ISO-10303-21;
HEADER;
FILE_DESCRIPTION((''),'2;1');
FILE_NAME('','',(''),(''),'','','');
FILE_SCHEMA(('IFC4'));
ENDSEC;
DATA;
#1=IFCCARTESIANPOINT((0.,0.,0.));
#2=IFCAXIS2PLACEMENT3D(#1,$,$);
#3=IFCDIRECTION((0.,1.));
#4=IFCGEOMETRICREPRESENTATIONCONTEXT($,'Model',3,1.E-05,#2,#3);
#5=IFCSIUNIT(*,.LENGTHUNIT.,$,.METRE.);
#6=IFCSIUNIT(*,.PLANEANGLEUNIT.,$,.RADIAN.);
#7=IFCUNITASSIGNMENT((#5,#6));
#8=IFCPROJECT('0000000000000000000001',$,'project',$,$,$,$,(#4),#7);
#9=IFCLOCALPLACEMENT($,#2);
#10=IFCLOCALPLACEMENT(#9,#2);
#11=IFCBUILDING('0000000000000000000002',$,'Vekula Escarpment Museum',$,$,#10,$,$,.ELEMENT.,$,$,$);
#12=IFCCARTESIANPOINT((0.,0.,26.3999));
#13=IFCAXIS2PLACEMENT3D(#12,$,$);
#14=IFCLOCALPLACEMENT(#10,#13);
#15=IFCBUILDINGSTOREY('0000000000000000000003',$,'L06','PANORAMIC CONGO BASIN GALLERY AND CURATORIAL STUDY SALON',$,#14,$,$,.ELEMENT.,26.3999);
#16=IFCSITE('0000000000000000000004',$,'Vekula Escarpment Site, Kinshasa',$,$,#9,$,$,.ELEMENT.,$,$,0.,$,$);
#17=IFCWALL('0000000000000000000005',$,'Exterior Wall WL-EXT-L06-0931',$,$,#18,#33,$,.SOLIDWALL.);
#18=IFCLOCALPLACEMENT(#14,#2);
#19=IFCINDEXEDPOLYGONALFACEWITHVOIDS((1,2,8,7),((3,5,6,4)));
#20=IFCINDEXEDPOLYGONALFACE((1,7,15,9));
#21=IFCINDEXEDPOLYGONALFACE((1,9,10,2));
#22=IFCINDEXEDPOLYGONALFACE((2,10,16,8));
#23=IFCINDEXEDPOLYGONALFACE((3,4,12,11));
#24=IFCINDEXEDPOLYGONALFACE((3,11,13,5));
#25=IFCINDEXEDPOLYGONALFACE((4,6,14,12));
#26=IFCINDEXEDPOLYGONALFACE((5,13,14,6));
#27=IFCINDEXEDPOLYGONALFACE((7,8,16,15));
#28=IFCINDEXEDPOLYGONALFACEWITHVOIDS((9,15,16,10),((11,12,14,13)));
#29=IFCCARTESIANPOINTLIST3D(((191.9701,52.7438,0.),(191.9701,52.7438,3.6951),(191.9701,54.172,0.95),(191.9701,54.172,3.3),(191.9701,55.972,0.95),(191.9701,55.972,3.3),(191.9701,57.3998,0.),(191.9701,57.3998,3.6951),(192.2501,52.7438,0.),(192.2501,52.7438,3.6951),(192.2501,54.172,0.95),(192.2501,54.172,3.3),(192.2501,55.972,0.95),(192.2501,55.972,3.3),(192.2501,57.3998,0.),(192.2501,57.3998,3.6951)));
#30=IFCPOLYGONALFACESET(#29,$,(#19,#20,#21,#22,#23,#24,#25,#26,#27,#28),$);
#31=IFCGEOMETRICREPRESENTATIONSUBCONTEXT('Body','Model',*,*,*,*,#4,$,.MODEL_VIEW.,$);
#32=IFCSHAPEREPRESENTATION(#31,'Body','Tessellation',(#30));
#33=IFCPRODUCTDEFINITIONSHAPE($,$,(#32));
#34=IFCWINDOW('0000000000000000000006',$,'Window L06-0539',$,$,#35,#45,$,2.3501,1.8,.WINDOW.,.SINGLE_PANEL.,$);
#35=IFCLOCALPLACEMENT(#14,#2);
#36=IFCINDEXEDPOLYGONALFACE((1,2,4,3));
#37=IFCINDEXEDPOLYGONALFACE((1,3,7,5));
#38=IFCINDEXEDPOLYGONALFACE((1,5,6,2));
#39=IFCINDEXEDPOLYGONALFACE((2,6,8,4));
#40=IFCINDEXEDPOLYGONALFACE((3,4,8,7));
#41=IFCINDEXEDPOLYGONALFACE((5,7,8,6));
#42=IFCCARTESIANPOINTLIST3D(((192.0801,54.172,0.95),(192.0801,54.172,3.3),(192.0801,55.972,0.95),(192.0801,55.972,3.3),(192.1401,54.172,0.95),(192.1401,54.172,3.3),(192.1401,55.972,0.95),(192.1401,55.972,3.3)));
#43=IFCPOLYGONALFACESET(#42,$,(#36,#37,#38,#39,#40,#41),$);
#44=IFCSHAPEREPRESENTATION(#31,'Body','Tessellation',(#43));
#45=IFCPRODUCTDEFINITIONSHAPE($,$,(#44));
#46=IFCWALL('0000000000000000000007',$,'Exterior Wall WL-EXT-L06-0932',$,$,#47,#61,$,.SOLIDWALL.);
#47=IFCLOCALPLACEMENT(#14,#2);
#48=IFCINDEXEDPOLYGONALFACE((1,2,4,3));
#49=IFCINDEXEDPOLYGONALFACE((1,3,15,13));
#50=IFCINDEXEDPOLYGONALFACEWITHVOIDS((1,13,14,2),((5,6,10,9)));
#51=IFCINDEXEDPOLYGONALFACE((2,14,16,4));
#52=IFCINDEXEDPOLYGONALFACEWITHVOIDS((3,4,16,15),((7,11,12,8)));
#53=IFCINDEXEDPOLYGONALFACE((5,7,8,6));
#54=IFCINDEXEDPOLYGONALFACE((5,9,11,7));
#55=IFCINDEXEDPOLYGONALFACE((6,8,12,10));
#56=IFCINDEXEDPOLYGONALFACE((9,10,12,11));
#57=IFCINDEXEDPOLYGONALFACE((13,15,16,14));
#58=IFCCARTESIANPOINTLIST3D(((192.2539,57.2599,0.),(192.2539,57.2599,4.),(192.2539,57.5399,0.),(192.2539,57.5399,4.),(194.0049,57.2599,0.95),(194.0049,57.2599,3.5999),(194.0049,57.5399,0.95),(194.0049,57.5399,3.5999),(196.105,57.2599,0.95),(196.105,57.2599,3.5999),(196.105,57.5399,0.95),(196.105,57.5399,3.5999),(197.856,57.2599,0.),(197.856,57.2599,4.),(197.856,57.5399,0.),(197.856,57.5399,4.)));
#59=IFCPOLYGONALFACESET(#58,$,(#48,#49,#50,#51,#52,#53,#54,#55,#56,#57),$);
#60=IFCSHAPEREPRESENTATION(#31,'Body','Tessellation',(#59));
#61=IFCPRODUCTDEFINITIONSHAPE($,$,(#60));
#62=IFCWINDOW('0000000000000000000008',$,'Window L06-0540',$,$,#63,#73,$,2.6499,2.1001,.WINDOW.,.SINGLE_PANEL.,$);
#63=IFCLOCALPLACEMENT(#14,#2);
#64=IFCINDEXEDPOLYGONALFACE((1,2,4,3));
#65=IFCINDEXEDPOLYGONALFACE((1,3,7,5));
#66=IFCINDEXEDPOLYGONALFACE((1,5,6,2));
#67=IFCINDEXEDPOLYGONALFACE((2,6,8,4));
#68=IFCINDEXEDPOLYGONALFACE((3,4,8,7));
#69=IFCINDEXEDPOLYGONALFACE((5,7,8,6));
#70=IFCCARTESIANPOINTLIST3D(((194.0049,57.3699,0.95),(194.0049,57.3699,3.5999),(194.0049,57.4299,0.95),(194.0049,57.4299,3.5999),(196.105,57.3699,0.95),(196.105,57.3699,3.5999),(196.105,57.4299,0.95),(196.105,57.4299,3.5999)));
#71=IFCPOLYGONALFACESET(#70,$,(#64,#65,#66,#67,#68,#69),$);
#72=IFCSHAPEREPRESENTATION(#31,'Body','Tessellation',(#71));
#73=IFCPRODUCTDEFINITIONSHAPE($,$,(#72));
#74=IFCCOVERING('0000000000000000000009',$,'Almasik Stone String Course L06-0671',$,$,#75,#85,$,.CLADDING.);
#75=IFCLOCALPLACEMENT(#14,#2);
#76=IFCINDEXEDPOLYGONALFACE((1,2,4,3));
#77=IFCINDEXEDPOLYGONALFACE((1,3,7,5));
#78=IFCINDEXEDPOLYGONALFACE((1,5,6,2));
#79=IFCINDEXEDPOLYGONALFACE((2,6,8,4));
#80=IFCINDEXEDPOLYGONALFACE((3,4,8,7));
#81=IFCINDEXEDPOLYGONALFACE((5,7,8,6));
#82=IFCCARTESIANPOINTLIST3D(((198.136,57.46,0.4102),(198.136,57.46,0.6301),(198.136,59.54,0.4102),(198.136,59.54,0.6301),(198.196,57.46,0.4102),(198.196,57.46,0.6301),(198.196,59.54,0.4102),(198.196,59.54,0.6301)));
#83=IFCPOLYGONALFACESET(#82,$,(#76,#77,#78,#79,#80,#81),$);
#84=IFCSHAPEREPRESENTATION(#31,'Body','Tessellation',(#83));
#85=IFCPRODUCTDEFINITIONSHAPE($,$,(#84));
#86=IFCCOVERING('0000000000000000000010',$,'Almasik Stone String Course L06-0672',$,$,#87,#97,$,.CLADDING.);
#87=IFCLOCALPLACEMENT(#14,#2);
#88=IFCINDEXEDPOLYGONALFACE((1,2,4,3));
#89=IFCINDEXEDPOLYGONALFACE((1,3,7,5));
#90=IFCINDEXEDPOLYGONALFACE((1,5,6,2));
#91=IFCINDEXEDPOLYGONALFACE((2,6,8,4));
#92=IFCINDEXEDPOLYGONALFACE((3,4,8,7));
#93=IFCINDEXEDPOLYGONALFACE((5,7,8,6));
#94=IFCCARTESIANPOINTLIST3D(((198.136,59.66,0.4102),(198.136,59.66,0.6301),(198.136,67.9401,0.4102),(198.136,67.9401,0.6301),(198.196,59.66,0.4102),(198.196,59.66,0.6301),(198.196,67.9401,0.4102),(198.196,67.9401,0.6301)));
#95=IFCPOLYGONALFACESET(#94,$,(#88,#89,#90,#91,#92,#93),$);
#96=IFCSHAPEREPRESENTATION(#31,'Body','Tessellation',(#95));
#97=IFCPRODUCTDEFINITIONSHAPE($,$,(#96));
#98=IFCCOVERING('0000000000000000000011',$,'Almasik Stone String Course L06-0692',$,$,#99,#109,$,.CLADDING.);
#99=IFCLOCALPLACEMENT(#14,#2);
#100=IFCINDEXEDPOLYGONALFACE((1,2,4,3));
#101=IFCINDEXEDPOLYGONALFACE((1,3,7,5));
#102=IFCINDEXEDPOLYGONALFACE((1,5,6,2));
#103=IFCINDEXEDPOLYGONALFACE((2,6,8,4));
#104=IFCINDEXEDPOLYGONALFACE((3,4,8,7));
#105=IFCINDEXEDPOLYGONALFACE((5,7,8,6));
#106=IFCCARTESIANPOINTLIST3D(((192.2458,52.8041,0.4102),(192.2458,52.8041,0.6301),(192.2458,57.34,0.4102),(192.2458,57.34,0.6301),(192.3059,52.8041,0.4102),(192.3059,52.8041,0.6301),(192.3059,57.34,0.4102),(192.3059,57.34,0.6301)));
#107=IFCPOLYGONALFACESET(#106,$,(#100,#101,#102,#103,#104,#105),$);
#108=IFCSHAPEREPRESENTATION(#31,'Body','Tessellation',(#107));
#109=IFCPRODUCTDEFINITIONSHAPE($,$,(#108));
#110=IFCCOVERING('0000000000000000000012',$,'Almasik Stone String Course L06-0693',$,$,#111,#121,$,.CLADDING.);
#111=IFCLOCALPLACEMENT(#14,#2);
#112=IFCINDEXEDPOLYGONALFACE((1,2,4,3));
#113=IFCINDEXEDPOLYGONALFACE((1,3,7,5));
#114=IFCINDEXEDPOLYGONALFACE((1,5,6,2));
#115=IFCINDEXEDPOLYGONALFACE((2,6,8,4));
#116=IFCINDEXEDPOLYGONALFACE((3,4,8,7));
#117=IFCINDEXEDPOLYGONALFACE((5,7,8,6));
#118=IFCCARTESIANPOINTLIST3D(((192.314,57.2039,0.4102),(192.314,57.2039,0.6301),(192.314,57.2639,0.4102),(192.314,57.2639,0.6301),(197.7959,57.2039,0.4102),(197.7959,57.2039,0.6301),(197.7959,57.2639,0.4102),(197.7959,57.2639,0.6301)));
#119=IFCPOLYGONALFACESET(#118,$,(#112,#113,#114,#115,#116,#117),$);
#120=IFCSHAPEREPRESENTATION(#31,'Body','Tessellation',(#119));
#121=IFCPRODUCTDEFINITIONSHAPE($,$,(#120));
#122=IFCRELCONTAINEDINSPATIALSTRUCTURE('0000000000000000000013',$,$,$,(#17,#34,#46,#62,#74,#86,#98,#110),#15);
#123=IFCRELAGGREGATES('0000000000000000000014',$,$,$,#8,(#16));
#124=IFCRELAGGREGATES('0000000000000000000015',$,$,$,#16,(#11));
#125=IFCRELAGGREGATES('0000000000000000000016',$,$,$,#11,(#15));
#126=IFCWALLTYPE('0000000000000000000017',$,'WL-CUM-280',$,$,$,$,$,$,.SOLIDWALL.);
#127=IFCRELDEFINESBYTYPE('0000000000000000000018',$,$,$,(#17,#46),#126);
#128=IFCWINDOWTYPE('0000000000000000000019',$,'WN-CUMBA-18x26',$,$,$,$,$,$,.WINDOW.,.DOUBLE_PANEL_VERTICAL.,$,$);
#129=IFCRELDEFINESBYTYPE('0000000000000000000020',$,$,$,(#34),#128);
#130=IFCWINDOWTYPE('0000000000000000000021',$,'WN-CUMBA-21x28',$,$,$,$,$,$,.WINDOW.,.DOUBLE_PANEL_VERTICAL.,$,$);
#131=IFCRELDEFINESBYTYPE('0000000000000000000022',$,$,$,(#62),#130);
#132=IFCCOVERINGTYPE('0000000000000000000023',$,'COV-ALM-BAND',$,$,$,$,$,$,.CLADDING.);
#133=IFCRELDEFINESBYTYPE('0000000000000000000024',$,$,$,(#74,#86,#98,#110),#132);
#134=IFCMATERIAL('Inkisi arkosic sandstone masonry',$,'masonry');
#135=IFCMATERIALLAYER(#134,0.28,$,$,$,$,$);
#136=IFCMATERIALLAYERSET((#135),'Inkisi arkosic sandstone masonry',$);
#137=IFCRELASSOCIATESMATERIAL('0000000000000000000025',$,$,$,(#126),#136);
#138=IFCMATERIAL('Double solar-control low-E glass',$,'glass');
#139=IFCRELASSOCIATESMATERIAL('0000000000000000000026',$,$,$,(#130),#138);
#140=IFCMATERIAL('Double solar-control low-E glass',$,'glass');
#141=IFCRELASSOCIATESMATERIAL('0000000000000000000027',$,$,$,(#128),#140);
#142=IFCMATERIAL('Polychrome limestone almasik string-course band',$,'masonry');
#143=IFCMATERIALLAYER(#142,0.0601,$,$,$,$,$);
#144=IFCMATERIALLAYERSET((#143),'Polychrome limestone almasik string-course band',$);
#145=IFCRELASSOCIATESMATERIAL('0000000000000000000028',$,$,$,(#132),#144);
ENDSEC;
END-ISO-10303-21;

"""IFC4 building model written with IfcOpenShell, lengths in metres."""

from ifc_helpers import new_model, si_unit, direction, frame, frame_2d, origin, origin_2d, place, context, subcontext, project, spatial, rectangle, extrude, material, layer, layer_set, type_object, element, fill, save


model = new_model("IFC4")

# Units and contexts
model_context = context("Model", 3, precision=1e-05, world=origin(), true_north=direction((0.0, 1.0)))
body_context = subcontext(model_context, "Body", "Model", "MODEL_VIEW")
ifc_project = project(units=[si_unit("LENGTHUNIT", "METRE"), si_unit("PLANEANGLEUNIT", "RADIAN")], contexts=[model_context])

# Site, building, storey
site_placement = place(None, origin())
site = spatial("IfcSite", under=ifc_project, at=site_placement, Name="Vekula Escarpment Site, Kinshasa", CompositionType="ELEMENT", RefElevation=0.0)
building_placement = place(site_placement, origin())
building = spatial("IfcBuilding", under=site, at=building_placement, Name="Vekula Escarpment Museum", CompositionType="ELEMENT")
storey_placement = place(building_placement, frame((0.0, 0.0, 26.3999)))
storey = spatial("IfcBuildingStorey", under=building, at=storey_placement, Name="L06", Description="PANORAMIC CONGO BASIN GALLERY AND CURATORIAL STUDY SALON", CompositionType="ELEMENT", Elevation=26.3999)

# Shared definitions
ifc_material_1 = material(Name="Inkisi arkosic sandstone masonry", Category="masonry")
ifc_layer_1 = layer(ifc_material_1, 0.28)
ifc_layer_set_1 = layer_set([ifc_layer_1], Name="Inkisi arkosic sandstone masonry")
wall_type = type_object("IfcWallType", Name="WL-CUM-280", PredefinedType="SOLIDWALL", material=ifc_layer_set_1)

# Shared definitions
ifc_material_2 = material(Name="Double solar-control low-E glass", Category="glass")
window_type_1 = type_object("IfcWindowType", Name="WN-CUMBA-21x28", PartitioningType="DOUBLE_PANEL_VERTICAL", PredefinedType="WINDOW", material=ifc_material_2)

# Walls, openings, windows
wall_1_placement = place(storey_placement, frame((192.1101, 57.3999, 0.0), z_axis=(0.0, 0.0, 1.0), x_axis=(0.0, -1.0, 0.0)))
wall_1 = element("IfcWall", 1, at=wall_1_placement, inside=storey, type_object=wall_type, Name="Exterior Wall WL-EXT-L06-0931", PredefinedType="SOLIDWALL", context=body_context, shape_type="SweptSolid", body=[
    extrude(rectangle(XDim=4.656, YDim=0.28, at=frame_2d((2.3281, 0.0))), origin(), (0.0, 0.0, 1.0), 3.6951),
])
opening_1_placement = place(wall_1_placement, frame((1.428, 0.0, 0.95)))
opening_1 = element("IfcOpeningElement", 2, at=opening_1_placement, cuts=wall_1, PredefinedType="OPENING", context=body_context, shape_type="SweptSolid", body=[
    extrude(rectangle(XDim=1.8, YDim=2.3501, at=frame_2d((0.8999, 1.175))), frame((0.0, 0.1499, 0.0), z_axis=(0.0, -1.0, 0.0), x_axis=(1.0, 0.0, 0.0)), (0.0, 0.0, 1.0), 0.3),
])
ifc_material_3 = material(Name="Double solar-control low-E glass", Category="glass")
window_type_2 = type_object("IfcWindowType", Name="WN-CUMBA-18x26", PartitioningType="DOUBLE_PANEL_VERTICAL", PredefinedType="WINDOW", material=ifc_material_3)
window_1_placement = place(opening_1_placement, origin())
window_1 = element("IfcWindow", 3, at=window_1_placement, inside=storey, type_object=window_type_2, Name="Window L06-0539", OverallHeight=2.3501, OverallWidth=1.8, PartitioningType="SINGLE_PANEL", PredefinedType="WINDOW", context=body_context, shape_type="SweptSolid", body=[
    extrude(rectangle(XDim=1.8, YDim=2.3501, at=frame_2d((0.8999, 1.175))), frame((0.0, 0.03, 0.0), z_axis=(0.0, -1.0, 0.0), x_axis=(1.0, 0.0, 0.0)), (0.0, 0.0, 1.0), 0.0601),
])
fill(opening_1, window_1)
wall_2_placement = place(storey_placement, frame((197.856, 57.3999, 0.0), z_axis=(0.0, 0.0, 1.0), x_axis=(-1.0, 0.0, 0.0)))
wall_2 = element("IfcWall", 4, at=wall_2_placement, inside=storey, type_object=wall_type, Name="Exterior Wall WL-EXT-L06-0932", PredefinedType="SOLIDWALL", context=body_context, shape_type="SweptSolid", body=[
    extrude(rectangle(XDim=5.6021, YDim=0.28, at=frame_2d((2.801, 0.0))), origin(), (0.0, 0.0, 1.0), 4.0),
])
opening_2_placement = place(wall_2_placement, frame((1.751, 0.0, 0.95)))
opening_2 = element("IfcOpeningElement", 5, at=opening_2_placement, cuts=wall_2, PredefinedType="OPENING", context=body_context, shape_type="SweptSolid", body=[
    extrude(rectangle(XDim=2.1001, YDim=2.6499, at=frame_2d((1.05, 1.325))), frame((0.0, 0.1499, 0.0), z_axis=(0.0, -1.0, 0.0), x_axis=(1.0, 0.0, 0.0)), (0.0, 0.0, 1.0), 0.3),
])
window_2_placement = place(opening_2_placement, origin())
window_2 = element("IfcWindow", 6, at=window_2_placement, inside=storey, type_object=window_type_1, Name="Window L06-0540", OverallHeight=2.6499, OverallWidth=2.1001, PartitioningType="SINGLE_PANEL", PredefinedType="WINDOW", context=body_context, shape_type="SweptSolid", body=[
    extrude(rectangle(XDim=2.1001, YDim=2.6499, at=frame_2d((1.05, 1.325))), frame((0.0, 0.03, 0.0), z_axis=(0.0, -1.0, 0.0), x_axis=(1.0, 0.0, 0.0)), (0.0, 0.0, 1.0), 0.0601),
])
fill(opening_2, window_2)

# Coverings
ifc_material_4 = material(Name="Polychrome limestone almasik string-course band", Category="masonry")
ifc_layer_2 = layer(ifc_material_4, 0.0601)
ifc_layer_set_2 = layer_set([ifc_layer_2], Name="Polychrome limestone almasik string-course band")
covering_type = type_object("IfcCoveringType", Name="COV-ALM-BAND", PredefinedType="CLADDING", material=ifc_layer_set_2)
covering_1_placement = place(storey_placement, frame((198.166, 58.5, 0.4102), z_axis=(0.0, 0.0, 1.0), x_axis=(0.0, 1.0, 0.0)))
element("IfcCovering", 7, at=covering_1_placement, inside=storey, type_object=covering_type, Name="Almasik Stone String Course L06-0671", PredefinedType="CLADDING", context=body_context, shape_type="SweptSolid", body=[
    extrude(rectangle(XDim=2.0801, YDim=0.0601, at=origin_2d()), origin(), (0.0, 0.0, 1.0), 0.22),
])
covering_2_placement = place(storey_placement, frame((198.166, 63.8, 0.4102), z_axis=(0.0, 0.0, 1.0), x_axis=(0.0, 1.0, 0.0)))
element("IfcCovering", 8, at=covering_2_placement, inside=storey, type_object=covering_type, Name="Almasik Stone String Course L06-0672", PredefinedType="CLADDING", context=body_context, shape_type="SweptSolid", body=[
    extrude(rectangle(XDim=8.28, YDim=0.0601, at=origin_2d()), origin(), (0.0, 0.0, 1.0), 0.22),
])
covering_3_placement = place(storey_placement, frame((192.2759, 55.072, 0.4102), z_axis=(0.0, 0.0, 1.0), x_axis=(0.0, 1.0, 0.0)))
element("IfcCovering", 9, at=covering_3_placement, inside=storey, type_object=covering_type, Name="Almasik Stone String Course L06-0692", PredefinedType="CLADDING", context=body_context, shape_type="SweptSolid", body=[
    extrude(rectangle(XDim=4.5359, YDim=0.0601, at=origin_2d()), origin(), (0.0, 0.0, 1.0), 0.22),
])
covering_4_placement = place(storey_placement, frame((195.0549, 57.2339, 0.4102), z_axis=(0.0, 0.0, 1.0), x_axis=(1.0, 0.0, 0.0)))
element("IfcCovering", 10, at=covering_4_placement, inside=storey, type_object=covering_type, Name="Almasik Stone String Course L06-0693", PredefinedType="CLADDING", context=body_context, shape_type="SweptSolid", body=[
    extrude(rectangle(XDim=5.4819, YDim=0.0601, at=origin_2d()), origin(), (0.0, 0.0, 1.0), 0.22),
])

save(model, "model.ifc")
